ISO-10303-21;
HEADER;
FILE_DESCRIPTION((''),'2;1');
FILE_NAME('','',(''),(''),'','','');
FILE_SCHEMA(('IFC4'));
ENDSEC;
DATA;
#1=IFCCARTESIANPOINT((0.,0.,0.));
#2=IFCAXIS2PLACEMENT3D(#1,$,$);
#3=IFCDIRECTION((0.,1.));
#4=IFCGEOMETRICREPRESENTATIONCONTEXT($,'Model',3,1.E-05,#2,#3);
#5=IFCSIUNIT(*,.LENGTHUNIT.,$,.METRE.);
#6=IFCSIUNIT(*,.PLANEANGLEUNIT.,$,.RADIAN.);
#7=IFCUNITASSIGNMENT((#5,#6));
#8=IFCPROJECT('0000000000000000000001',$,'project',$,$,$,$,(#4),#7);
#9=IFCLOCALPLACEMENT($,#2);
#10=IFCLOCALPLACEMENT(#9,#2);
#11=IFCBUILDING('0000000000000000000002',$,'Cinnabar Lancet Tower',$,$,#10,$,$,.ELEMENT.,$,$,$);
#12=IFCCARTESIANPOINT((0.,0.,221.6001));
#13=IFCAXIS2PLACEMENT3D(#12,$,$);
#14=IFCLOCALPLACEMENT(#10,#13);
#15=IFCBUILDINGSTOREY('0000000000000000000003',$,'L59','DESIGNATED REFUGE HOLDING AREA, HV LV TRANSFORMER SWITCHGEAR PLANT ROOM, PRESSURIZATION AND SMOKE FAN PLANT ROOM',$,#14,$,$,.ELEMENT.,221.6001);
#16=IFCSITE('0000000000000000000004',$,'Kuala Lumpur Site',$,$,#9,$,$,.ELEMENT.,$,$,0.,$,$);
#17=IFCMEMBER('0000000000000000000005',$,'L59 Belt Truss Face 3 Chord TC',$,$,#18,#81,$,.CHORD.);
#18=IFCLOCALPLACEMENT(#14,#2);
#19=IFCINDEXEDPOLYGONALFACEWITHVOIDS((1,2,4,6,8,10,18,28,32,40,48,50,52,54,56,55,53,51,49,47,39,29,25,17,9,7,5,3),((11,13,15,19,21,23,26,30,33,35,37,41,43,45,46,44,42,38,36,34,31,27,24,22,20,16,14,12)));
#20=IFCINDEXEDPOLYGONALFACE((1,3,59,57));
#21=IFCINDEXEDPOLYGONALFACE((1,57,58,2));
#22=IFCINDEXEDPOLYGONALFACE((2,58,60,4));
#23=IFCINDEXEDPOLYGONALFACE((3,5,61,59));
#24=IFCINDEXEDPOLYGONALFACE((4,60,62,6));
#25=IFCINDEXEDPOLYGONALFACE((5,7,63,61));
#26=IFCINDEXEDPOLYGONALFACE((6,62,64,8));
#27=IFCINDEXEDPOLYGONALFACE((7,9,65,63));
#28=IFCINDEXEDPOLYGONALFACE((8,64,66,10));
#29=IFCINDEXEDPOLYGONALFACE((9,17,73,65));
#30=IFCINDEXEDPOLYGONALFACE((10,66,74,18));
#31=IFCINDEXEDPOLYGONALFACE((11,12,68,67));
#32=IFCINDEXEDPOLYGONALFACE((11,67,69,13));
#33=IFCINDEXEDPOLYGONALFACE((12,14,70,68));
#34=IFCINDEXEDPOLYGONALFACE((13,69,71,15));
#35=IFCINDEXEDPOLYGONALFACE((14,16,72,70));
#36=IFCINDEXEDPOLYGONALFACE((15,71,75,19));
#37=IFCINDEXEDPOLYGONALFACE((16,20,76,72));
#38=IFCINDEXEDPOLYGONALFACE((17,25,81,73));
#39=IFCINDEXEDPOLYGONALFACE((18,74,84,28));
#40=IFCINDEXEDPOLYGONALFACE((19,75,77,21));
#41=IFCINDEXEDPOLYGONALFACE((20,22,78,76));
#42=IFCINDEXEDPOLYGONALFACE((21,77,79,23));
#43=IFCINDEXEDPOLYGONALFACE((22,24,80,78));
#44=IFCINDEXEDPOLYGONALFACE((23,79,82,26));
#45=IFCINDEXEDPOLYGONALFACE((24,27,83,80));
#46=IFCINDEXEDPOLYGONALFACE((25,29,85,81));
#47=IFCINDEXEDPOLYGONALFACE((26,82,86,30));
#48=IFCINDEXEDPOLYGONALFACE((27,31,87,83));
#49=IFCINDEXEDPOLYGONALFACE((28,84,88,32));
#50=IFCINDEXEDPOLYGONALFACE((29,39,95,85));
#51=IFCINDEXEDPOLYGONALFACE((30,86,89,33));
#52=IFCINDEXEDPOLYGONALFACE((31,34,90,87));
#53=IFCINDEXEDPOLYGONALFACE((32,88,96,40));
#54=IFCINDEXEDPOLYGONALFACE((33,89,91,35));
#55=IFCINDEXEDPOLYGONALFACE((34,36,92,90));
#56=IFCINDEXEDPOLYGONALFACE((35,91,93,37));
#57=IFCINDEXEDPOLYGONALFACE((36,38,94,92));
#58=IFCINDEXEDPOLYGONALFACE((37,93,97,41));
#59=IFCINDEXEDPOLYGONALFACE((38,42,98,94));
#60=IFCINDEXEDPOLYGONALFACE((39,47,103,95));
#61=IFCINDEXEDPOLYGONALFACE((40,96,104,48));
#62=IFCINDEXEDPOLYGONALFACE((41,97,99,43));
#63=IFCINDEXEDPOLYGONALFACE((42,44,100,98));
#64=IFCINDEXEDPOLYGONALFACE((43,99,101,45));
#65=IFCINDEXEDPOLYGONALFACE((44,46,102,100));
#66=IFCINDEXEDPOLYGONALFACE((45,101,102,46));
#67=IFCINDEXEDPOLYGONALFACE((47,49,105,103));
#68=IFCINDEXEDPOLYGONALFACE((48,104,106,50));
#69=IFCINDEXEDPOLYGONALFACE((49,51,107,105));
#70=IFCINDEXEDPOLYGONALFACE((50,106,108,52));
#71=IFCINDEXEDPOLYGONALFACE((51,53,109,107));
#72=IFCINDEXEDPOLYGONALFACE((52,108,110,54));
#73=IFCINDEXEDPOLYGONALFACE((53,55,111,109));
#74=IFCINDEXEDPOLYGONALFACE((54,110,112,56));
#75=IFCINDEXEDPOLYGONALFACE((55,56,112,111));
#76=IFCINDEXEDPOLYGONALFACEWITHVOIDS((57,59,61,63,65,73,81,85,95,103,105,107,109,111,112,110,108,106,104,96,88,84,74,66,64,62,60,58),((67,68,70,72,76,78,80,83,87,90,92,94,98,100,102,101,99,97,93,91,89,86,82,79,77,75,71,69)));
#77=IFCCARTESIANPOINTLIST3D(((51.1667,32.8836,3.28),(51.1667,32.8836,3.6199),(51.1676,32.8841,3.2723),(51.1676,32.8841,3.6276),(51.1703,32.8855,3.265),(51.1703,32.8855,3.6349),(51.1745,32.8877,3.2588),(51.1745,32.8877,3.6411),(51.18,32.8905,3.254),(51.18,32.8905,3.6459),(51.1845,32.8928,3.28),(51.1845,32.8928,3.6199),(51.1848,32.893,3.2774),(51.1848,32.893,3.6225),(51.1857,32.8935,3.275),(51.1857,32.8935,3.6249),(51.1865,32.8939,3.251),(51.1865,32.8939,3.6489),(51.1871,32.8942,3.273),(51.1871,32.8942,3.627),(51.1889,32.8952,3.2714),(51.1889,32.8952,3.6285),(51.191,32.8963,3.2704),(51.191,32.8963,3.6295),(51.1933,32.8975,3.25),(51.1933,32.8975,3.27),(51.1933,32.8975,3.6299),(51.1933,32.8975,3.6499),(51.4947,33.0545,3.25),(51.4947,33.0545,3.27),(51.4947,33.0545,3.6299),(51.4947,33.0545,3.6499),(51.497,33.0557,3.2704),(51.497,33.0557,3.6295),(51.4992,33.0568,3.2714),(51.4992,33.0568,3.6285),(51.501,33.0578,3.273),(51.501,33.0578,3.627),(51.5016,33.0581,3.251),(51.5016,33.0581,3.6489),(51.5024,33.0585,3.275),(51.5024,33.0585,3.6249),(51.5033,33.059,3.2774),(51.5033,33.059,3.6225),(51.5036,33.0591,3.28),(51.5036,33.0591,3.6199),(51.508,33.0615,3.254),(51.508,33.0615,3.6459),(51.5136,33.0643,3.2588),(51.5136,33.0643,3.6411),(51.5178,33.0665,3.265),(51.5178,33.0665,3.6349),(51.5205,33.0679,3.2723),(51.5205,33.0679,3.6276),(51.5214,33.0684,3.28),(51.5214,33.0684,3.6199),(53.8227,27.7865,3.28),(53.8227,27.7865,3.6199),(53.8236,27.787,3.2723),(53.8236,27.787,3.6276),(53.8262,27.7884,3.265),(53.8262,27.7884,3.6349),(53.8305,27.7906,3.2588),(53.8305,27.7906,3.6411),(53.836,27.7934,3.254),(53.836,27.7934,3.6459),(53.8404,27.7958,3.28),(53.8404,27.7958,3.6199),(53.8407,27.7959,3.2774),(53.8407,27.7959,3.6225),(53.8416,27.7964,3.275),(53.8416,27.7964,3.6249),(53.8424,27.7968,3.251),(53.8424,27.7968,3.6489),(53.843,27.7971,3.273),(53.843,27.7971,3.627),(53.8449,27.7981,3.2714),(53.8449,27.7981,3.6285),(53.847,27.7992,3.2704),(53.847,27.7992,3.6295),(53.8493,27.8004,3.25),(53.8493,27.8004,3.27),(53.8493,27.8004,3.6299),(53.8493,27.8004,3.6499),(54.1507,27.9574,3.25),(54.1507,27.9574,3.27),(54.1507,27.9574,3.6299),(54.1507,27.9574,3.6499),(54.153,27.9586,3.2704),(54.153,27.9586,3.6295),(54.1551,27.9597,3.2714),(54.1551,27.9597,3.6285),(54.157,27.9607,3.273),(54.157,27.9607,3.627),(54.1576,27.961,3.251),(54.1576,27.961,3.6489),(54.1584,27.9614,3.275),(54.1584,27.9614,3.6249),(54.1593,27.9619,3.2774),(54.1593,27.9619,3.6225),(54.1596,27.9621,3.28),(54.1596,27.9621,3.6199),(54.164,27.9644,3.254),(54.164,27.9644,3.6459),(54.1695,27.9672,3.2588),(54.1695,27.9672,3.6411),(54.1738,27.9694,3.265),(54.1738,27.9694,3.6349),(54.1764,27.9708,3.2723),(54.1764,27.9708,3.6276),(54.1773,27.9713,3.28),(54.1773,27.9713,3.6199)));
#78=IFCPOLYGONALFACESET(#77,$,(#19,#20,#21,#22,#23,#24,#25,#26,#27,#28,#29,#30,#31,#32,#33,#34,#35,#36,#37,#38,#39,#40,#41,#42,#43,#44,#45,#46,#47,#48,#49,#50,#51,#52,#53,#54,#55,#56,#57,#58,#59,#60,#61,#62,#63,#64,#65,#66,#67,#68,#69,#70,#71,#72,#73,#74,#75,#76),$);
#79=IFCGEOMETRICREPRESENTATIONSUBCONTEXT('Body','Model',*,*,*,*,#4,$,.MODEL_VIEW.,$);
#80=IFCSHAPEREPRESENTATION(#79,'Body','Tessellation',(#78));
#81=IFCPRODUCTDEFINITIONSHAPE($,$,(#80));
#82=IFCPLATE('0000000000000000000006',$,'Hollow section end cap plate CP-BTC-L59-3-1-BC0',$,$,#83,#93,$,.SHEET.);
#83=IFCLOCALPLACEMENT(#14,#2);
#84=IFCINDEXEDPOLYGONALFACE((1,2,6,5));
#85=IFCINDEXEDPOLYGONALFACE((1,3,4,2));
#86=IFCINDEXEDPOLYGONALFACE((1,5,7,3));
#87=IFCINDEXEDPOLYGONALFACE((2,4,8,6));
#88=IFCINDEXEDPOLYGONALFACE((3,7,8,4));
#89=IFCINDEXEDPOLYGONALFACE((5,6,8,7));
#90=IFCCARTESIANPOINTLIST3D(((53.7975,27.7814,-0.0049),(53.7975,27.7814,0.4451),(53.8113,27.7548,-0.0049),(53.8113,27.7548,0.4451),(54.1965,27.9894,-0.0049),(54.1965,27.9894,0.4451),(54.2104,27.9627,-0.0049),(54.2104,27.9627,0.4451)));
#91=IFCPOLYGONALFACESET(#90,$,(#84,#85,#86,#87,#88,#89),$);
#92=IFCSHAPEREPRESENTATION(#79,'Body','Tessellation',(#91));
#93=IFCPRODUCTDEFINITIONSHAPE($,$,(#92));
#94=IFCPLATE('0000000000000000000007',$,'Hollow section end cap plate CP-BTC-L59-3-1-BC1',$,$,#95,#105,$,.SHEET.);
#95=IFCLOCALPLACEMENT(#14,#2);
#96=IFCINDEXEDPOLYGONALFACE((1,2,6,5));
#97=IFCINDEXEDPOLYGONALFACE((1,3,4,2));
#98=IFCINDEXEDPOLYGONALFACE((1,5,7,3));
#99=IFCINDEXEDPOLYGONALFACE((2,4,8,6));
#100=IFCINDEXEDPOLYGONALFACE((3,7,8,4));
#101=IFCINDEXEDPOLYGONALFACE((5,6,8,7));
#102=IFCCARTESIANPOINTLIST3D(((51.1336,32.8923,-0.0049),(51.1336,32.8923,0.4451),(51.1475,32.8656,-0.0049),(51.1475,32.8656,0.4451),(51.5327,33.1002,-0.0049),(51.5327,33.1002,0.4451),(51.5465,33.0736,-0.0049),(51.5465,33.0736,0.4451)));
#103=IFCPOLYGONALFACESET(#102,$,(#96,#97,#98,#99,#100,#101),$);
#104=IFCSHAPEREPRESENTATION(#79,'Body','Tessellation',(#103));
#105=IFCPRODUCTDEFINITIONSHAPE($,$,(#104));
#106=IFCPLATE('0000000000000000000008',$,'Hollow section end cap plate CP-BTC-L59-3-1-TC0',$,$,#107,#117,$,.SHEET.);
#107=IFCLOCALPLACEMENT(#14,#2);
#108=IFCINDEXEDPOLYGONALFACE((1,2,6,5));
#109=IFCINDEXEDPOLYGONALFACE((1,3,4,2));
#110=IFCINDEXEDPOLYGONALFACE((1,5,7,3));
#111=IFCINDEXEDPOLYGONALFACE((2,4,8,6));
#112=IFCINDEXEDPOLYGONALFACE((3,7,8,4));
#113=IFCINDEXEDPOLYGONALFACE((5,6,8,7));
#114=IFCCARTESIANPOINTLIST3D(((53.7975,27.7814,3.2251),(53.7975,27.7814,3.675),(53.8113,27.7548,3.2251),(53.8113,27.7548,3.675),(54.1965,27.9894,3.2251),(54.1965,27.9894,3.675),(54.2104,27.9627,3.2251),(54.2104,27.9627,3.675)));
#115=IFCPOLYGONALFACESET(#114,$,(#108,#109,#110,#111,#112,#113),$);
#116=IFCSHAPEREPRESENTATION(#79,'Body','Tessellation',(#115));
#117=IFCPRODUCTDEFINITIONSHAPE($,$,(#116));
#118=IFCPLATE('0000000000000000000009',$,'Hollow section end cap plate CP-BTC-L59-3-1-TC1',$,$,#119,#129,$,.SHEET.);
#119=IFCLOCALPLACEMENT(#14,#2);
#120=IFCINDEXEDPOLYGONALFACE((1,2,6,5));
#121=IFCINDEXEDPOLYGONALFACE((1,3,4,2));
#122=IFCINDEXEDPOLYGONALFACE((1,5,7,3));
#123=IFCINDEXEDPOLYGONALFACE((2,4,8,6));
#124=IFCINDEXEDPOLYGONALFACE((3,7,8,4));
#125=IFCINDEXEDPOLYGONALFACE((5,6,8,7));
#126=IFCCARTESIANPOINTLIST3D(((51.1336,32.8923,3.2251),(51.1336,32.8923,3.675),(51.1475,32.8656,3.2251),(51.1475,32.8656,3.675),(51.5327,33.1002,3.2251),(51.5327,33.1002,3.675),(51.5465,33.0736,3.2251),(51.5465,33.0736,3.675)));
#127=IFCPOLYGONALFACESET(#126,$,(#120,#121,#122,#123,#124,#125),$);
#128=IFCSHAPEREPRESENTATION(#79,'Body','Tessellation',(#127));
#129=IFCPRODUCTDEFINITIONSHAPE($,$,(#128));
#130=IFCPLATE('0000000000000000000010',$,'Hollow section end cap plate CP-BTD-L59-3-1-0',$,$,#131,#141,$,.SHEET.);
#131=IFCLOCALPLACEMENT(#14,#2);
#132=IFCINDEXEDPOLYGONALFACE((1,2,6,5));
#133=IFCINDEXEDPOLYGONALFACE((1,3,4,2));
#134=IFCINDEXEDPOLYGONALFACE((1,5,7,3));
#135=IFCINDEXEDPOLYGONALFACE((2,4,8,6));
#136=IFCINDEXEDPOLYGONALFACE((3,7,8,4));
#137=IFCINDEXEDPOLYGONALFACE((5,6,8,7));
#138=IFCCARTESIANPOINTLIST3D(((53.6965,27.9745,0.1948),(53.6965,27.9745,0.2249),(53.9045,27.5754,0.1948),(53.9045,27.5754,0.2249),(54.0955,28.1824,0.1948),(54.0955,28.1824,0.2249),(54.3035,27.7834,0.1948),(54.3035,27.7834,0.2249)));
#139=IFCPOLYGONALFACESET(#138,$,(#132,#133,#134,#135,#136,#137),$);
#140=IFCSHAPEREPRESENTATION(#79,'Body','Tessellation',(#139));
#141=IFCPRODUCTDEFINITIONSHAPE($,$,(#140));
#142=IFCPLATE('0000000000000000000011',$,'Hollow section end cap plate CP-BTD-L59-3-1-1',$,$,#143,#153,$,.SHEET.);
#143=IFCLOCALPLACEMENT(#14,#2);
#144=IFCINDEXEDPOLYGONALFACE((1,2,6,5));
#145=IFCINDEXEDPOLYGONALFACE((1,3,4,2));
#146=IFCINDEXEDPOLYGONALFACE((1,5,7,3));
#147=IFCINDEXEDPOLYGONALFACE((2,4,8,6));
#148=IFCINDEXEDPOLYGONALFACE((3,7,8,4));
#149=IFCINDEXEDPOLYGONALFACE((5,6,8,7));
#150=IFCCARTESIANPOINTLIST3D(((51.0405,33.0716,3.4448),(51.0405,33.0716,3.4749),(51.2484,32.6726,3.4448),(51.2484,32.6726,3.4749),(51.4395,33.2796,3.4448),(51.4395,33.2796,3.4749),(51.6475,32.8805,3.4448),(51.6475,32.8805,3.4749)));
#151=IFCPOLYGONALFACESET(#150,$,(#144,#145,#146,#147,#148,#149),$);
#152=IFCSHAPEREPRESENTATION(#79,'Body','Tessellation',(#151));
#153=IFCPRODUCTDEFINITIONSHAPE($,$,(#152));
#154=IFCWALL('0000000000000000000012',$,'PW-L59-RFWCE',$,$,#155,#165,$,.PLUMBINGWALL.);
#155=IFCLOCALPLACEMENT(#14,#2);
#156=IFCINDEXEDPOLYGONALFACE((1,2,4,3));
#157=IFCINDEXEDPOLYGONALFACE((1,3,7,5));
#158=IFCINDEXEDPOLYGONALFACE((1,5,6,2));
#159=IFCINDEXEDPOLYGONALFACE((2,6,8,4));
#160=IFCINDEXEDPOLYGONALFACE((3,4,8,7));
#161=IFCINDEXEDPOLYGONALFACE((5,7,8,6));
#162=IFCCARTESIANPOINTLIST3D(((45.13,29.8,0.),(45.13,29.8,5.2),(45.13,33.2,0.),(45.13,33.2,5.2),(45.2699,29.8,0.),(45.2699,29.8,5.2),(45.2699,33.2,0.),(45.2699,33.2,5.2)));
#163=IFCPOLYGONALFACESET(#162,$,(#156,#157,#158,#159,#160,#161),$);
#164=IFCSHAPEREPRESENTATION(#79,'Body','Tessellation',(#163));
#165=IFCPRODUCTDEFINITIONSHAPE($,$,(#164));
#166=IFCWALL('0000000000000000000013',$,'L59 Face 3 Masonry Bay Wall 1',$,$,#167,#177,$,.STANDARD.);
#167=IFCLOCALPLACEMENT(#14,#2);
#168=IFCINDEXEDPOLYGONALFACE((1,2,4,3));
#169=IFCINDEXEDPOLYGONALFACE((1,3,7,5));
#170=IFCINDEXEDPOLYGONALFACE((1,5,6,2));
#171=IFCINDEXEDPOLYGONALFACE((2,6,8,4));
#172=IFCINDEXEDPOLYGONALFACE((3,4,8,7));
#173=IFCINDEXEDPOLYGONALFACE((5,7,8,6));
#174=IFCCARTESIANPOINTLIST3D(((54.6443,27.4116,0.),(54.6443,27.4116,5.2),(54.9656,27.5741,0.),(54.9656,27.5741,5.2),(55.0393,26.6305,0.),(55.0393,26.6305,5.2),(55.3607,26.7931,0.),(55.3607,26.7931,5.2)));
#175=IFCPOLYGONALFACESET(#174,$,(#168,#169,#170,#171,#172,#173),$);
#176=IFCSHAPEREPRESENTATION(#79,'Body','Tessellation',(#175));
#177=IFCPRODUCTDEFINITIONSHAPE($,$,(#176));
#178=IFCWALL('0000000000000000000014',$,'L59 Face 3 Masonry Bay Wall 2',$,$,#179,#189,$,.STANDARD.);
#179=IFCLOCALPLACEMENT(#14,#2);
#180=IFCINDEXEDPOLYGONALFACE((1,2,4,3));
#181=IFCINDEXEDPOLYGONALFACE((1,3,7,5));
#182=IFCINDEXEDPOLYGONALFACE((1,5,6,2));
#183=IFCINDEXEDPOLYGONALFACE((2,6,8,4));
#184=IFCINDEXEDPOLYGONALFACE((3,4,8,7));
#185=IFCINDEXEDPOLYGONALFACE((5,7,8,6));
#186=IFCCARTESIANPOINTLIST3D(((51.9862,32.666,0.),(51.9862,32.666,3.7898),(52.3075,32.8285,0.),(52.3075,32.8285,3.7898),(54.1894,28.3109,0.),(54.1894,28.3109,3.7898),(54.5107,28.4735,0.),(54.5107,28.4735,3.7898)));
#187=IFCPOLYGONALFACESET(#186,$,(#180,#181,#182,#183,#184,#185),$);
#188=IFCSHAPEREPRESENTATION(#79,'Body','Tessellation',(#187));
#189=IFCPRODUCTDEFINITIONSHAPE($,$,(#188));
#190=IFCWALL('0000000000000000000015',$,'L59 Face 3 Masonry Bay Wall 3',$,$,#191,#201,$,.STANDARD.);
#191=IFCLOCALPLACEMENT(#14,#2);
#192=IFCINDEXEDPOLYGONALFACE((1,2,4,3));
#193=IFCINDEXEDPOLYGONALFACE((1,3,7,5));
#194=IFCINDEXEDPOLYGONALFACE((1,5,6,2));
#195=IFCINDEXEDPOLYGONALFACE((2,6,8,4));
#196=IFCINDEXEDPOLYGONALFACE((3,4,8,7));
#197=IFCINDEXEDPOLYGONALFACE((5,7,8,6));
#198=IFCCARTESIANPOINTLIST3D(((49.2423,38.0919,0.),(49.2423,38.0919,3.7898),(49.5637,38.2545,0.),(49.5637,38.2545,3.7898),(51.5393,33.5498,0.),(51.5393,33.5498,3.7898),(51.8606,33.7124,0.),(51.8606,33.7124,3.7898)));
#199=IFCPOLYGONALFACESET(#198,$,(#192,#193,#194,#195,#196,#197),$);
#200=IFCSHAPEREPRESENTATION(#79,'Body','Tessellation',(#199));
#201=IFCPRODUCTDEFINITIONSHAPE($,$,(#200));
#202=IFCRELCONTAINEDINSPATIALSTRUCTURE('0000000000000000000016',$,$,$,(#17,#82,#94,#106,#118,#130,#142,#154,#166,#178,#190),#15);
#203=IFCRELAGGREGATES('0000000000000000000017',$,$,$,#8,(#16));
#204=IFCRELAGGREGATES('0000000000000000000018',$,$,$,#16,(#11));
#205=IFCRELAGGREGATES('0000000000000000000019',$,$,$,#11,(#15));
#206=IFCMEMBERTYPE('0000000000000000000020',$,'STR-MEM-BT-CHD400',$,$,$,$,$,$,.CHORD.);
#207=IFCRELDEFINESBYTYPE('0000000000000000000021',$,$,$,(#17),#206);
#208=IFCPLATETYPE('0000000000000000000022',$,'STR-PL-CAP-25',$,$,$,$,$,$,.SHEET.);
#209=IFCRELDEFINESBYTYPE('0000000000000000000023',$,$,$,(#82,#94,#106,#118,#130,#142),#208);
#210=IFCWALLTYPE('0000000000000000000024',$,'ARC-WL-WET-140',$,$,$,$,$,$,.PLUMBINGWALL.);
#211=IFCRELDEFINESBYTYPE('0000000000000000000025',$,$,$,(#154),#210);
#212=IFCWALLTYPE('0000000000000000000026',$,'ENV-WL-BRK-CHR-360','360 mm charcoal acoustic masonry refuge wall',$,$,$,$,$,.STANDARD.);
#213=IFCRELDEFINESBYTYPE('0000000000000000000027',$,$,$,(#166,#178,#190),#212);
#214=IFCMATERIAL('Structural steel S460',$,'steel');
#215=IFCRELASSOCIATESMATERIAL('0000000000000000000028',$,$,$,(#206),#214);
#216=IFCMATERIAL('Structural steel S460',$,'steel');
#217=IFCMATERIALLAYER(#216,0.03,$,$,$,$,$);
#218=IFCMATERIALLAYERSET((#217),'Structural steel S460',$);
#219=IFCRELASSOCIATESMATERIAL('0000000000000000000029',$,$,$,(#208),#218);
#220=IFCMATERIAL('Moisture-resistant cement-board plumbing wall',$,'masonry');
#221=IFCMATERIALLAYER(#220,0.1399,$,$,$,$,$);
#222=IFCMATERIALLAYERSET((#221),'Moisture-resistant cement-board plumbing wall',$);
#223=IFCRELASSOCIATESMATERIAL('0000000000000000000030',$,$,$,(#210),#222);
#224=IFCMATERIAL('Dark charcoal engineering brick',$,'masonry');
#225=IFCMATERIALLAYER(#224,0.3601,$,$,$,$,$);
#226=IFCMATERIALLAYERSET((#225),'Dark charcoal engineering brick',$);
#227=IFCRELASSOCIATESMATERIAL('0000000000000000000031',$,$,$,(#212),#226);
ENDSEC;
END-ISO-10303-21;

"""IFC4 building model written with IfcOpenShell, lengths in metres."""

from ifc_helpers import new_model, si_unit, direction, frame, frame_2d, origin, origin_2d, place, context, subcontext, project, spatial, rectangle, hollow_rectangle, extrude, material, layer, layer_set, material_profile, profile_set, type_object, element, save


model = new_model("IFC4")

# Units and contexts
model_context = context("Model", 3, precision=1e-05, world=origin(), true_north=direction((0.0, 1.0)))
body_context = subcontext(model_context, "Body", "Model", "MODEL_VIEW")
ifc_project = project(units=[si_unit("LENGTHUNIT", "METRE"), si_unit("PLANEANGLEUNIT", "RADIAN")], contexts=[model_context])

# Site, building, storey
site_placement = place(None, origin())
site = spatial("IfcSite", under=ifc_project, at=site_placement, Name="Kuala Lumpur Site", CompositionType="ELEMENT", RefElevation=0.0)
building_placement = place(site_placement, origin())
building = spatial("IfcBuilding", under=site, at=building_placement, Name="Cinnabar Lancet Tower", CompositionType="ELEMENT")
storey_placement = place(building_placement, frame((0.0, 0.0, 221.6001)))
storey = spatial("IfcBuildingStorey", under=building, at=storey_placement, Name="L59", Description="DESIGNATED REFUGE HOLDING AREA, HV LV TRANSFORMER SWITCHGEAR PLANT ROOM, PRESSURIZATION AND SMOKE FAN PLANT ROOM", CompositionType="ELEMENT", Elevation=221.6001)

# Member
ifc_material_1 = material(Name="Structural steel S460", Category="steel")
ifc_material_profile_1 = material_profile(ifc_material_1, hollow_rectangle(XDim=0.3999, YDim=0.3999, WallThickness=0.02, InnerFilletRadius=0.01, OuterFilletRadius=0.03, at=origin_2d()), Name="SHS 400x400x20")
ifc_profile_set_1 = profile_set([ifc_material_profile_1], Name="Structural steel S460")
member_type_1 = type_object("IfcMemberType", Name="STR-MEM-BT-CHD400", PredefinedType="CHORD", material=ifc_profile_set_1)
for number, where, z_axis, x_axis, name in (
    (1, (54.0, 27.8789, 3.45), (-0.462103, 0.886826, 0.0), (-0.886826, -0.462103, 0.0), "L59 Belt Truss Face 3 Chord TC"),
):
    element("IfcMember", number, at=place(storey_placement, frame(where, z_axis=z_axis, x_axis=x_axis)), inside=storey, type_object=member_type_1, Name=name, PredefinedType="CHORD", context=body_context, shape_type="SweptSolid", body=[
        extrude(hollow_rectangle(XDim=0.3999, YDim=0.3999, WallThickness=0.02, InnerFilletRadius=0.01, OuterFilletRadius=0.03, at=origin_2d()), origin(), (0.0, 0.0, 1.0), 5.7476),
    ])

# Plates
ifc_material_2 = material(Name="Structural steel S460", Category="steel")
ifc_layer_1 = layer(ifc_material_2, 0.03)
ifc_layer_set_1 = layer_set([ifc_layer_1], Name="Structural steel S460")
plate_type = type_object("IfcPlateType", Name="STR-PL-CAP-25", PredefinedType="SHEET", material=ifc_layer_set_1)
for number, where, z_axis, x_axis, name in (
    (2, (54.0039, 27.8721, -0.0049), (0.0, 0.0, 1.0), (0.46212, -0.886817, 0.0), "Hollow section end cap plate CP-BTC-L59-3-1-BC0"),
    (3, (51.3401, 32.9829, -0.0049), (0.0, 0.0, 1.0), (-0.46212, 0.886817, 0.0), "Hollow section end cap plate CP-BTC-L59-3-1-BC1"),
    (4, (54.0039, 27.8721, 3.2251), (0.0, 0.0, 1.0), (0.46212, -0.886817, 0.0), "Hollow section end cap plate CP-BTC-L59-3-1-TC0"),
    (5, (51.3401, 32.9829, 3.2251), (0.0, 0.0, 1.0), (-0.46212, 0.886817, 0.0), "Hollow section end cap plate CP-BTC-L59-3-1-TC1"),
):
    element("IfcPlate", number, at=place(storey_placement, frame(where, z_axis=z_axis, x_axis=x_axis)), inside=storey, type_object=plate_type, Name=name, PredefinedType="SHEET", context=body_context, shape_type="SweptSolid", body=[
        extrude(rectangle(XDim=0.03, YDim=0.45, at=origin_2d()), origin(), (0.0, 0.0, 1.0), 0.45),
    ])
for number, where, z_axis, x_axis, name in (
    (6, (54.0, 27.8789, 0.1948), (0.0, 0.0, 1.0), (0.46212, -0.886817, 0.0), "Hollow section end cap plate CP-BTD-L59-3-1-0"),
    (7, (51.344, 32.9761, 3.4448), (0.0, 0.0, 1.0), (-0.46212, 0.886817, 0.0), "Hollow section end cap plate CP-BTD-L59-3-1-1"),
):
    element("IfcPlate", number, at=place(storey_placement, frame(where, z_axis=z_axis, x_axis=x_axis)), inside=storey, type_object=plate_type, Name=name, PredefinedType="SHEET", context=body_context, shape_type="SweptSolid", body=[
        extrude(rectangle(XDim=0.45, YDim=0.45, at=origin_2d()), origin(), (0.0, 0.0, 1.0), 0.03),
    ])

# Walls
ifc_material_3 = material(Name="Moisture-resistant cement-board plumbing wall", Category="masonry")
ifc_layer_2 = layer(ifc_material_3, 0.1399)
ifc_layer_set_2 = layer_set([ifc_layer_2], Name="Moisture-resistant cement-board plumbing wall")
wall_type_1 = type_object("IfcWallType", Name="ARC-WL-WET-140", PredefinedType="PLUMBINGWALL", material=ifc_layer_set_2)
wall_1_placement = place(storey_placement, frame((45.2, 29.8, 0.0), z_axis=(0.0, 0.0, 1.0), x_axis=(0.0, 1.0, 0.0)))
element("IfcWall", 8, at=wall_1_placement, inside=storey, type_object=wall_type_1, Name="PW-L59-RFWCE", PredefinedType="PLUMBINGWALL", context=body_context, shape_type="SweptSolid", body=[
    extrude(rectangle(XDim=3.3999, YDim=0.1399, at=frame_2d((1.7, 0.0))), origin(), (0.0, 0.0, 1.0), 5.2),
])
ifc_material_4 = material(Name="Dark charcoal engineering brick", Category="masonry")
ifc_layer_3 = layer(ifc_material_4, 0.3601)
ifc_layer_set_3 = layer_set([ifc_layer_3], Name="Dark charcoal engineering brick")
wall_type_2 = type_object("IfcWallType", Name="ENV-WL-BRK-CHR-360", Description="360 mm charcoal acoustic masonry refuge wall", PredefinedType="STANDARD", material=ifc_layer_set_3)
wall_2_placement = place(storey_placement, frame((55.2, 26.7119, 0.0), z_axis=(0.0, 0.0, 1.0), x_axis=(-0.451337, 0.892353, 0.0)))
element("IfcWall", 9, at=wall_2_placement, inside=storey, type_object=wall_type_2, Name="L59 Face 3 Masonry Bay Wall 1", PredefinedType="STANDARD", context=body_context, shape_type="SweptSolid", body=[
    extrude(rectangle(XDim=0.8752, YDim=0.3601, at=frame_2d((0.4375, 0.0))), origin(), (0.0, 0.0, 1.0), 5.2),
])
wall_3_placement = place(storey_placement, frame((54.3501, 28.3921, 0.0), z_axis=(0.0, 0.0, 1.0), x_axis=(-0.451411, 0.892316, 0.0)))
element("IfcWall", 10, at=wall_3_placement, inside=storey, type_object=wall_type_2, Name="L59 Face 3 Masonry Bay Wall 2", PredefinedType="STANDARD", context=body_context, shape_type="SweptSolid", body=[
    extrude(rectangle(XDim=4.8806, YDim=0.3601, at=frame_2d((2.4404, 0.0))), origin(), (0.0, 0.0, 1.0), 3.7898),
])
wall_4_placement = place(storey_placement, frame((51.7, 33.6311, 0.0), z_axis=(0.0, 0.0, 1.0), x_axis=(-0.451277, 0.892384, 0.0)))
element("IfcWall", 11, at=wall_4_placement, inside=storey, type_object=wall_type_2, Name="L59 Face 3 Masonry Bay Wall 3", PredefinedType="STANDARD", context=body_context, shape_type="SweptSolid", body=[
    extrude(rectangle(XDim=5.0898, YDim=0.3601, at=frame_2d((2.5449, 0.0))), origin(), (0.0, 0.0, 1.0), 3.7898),
])

save(model, "model.ifc")
